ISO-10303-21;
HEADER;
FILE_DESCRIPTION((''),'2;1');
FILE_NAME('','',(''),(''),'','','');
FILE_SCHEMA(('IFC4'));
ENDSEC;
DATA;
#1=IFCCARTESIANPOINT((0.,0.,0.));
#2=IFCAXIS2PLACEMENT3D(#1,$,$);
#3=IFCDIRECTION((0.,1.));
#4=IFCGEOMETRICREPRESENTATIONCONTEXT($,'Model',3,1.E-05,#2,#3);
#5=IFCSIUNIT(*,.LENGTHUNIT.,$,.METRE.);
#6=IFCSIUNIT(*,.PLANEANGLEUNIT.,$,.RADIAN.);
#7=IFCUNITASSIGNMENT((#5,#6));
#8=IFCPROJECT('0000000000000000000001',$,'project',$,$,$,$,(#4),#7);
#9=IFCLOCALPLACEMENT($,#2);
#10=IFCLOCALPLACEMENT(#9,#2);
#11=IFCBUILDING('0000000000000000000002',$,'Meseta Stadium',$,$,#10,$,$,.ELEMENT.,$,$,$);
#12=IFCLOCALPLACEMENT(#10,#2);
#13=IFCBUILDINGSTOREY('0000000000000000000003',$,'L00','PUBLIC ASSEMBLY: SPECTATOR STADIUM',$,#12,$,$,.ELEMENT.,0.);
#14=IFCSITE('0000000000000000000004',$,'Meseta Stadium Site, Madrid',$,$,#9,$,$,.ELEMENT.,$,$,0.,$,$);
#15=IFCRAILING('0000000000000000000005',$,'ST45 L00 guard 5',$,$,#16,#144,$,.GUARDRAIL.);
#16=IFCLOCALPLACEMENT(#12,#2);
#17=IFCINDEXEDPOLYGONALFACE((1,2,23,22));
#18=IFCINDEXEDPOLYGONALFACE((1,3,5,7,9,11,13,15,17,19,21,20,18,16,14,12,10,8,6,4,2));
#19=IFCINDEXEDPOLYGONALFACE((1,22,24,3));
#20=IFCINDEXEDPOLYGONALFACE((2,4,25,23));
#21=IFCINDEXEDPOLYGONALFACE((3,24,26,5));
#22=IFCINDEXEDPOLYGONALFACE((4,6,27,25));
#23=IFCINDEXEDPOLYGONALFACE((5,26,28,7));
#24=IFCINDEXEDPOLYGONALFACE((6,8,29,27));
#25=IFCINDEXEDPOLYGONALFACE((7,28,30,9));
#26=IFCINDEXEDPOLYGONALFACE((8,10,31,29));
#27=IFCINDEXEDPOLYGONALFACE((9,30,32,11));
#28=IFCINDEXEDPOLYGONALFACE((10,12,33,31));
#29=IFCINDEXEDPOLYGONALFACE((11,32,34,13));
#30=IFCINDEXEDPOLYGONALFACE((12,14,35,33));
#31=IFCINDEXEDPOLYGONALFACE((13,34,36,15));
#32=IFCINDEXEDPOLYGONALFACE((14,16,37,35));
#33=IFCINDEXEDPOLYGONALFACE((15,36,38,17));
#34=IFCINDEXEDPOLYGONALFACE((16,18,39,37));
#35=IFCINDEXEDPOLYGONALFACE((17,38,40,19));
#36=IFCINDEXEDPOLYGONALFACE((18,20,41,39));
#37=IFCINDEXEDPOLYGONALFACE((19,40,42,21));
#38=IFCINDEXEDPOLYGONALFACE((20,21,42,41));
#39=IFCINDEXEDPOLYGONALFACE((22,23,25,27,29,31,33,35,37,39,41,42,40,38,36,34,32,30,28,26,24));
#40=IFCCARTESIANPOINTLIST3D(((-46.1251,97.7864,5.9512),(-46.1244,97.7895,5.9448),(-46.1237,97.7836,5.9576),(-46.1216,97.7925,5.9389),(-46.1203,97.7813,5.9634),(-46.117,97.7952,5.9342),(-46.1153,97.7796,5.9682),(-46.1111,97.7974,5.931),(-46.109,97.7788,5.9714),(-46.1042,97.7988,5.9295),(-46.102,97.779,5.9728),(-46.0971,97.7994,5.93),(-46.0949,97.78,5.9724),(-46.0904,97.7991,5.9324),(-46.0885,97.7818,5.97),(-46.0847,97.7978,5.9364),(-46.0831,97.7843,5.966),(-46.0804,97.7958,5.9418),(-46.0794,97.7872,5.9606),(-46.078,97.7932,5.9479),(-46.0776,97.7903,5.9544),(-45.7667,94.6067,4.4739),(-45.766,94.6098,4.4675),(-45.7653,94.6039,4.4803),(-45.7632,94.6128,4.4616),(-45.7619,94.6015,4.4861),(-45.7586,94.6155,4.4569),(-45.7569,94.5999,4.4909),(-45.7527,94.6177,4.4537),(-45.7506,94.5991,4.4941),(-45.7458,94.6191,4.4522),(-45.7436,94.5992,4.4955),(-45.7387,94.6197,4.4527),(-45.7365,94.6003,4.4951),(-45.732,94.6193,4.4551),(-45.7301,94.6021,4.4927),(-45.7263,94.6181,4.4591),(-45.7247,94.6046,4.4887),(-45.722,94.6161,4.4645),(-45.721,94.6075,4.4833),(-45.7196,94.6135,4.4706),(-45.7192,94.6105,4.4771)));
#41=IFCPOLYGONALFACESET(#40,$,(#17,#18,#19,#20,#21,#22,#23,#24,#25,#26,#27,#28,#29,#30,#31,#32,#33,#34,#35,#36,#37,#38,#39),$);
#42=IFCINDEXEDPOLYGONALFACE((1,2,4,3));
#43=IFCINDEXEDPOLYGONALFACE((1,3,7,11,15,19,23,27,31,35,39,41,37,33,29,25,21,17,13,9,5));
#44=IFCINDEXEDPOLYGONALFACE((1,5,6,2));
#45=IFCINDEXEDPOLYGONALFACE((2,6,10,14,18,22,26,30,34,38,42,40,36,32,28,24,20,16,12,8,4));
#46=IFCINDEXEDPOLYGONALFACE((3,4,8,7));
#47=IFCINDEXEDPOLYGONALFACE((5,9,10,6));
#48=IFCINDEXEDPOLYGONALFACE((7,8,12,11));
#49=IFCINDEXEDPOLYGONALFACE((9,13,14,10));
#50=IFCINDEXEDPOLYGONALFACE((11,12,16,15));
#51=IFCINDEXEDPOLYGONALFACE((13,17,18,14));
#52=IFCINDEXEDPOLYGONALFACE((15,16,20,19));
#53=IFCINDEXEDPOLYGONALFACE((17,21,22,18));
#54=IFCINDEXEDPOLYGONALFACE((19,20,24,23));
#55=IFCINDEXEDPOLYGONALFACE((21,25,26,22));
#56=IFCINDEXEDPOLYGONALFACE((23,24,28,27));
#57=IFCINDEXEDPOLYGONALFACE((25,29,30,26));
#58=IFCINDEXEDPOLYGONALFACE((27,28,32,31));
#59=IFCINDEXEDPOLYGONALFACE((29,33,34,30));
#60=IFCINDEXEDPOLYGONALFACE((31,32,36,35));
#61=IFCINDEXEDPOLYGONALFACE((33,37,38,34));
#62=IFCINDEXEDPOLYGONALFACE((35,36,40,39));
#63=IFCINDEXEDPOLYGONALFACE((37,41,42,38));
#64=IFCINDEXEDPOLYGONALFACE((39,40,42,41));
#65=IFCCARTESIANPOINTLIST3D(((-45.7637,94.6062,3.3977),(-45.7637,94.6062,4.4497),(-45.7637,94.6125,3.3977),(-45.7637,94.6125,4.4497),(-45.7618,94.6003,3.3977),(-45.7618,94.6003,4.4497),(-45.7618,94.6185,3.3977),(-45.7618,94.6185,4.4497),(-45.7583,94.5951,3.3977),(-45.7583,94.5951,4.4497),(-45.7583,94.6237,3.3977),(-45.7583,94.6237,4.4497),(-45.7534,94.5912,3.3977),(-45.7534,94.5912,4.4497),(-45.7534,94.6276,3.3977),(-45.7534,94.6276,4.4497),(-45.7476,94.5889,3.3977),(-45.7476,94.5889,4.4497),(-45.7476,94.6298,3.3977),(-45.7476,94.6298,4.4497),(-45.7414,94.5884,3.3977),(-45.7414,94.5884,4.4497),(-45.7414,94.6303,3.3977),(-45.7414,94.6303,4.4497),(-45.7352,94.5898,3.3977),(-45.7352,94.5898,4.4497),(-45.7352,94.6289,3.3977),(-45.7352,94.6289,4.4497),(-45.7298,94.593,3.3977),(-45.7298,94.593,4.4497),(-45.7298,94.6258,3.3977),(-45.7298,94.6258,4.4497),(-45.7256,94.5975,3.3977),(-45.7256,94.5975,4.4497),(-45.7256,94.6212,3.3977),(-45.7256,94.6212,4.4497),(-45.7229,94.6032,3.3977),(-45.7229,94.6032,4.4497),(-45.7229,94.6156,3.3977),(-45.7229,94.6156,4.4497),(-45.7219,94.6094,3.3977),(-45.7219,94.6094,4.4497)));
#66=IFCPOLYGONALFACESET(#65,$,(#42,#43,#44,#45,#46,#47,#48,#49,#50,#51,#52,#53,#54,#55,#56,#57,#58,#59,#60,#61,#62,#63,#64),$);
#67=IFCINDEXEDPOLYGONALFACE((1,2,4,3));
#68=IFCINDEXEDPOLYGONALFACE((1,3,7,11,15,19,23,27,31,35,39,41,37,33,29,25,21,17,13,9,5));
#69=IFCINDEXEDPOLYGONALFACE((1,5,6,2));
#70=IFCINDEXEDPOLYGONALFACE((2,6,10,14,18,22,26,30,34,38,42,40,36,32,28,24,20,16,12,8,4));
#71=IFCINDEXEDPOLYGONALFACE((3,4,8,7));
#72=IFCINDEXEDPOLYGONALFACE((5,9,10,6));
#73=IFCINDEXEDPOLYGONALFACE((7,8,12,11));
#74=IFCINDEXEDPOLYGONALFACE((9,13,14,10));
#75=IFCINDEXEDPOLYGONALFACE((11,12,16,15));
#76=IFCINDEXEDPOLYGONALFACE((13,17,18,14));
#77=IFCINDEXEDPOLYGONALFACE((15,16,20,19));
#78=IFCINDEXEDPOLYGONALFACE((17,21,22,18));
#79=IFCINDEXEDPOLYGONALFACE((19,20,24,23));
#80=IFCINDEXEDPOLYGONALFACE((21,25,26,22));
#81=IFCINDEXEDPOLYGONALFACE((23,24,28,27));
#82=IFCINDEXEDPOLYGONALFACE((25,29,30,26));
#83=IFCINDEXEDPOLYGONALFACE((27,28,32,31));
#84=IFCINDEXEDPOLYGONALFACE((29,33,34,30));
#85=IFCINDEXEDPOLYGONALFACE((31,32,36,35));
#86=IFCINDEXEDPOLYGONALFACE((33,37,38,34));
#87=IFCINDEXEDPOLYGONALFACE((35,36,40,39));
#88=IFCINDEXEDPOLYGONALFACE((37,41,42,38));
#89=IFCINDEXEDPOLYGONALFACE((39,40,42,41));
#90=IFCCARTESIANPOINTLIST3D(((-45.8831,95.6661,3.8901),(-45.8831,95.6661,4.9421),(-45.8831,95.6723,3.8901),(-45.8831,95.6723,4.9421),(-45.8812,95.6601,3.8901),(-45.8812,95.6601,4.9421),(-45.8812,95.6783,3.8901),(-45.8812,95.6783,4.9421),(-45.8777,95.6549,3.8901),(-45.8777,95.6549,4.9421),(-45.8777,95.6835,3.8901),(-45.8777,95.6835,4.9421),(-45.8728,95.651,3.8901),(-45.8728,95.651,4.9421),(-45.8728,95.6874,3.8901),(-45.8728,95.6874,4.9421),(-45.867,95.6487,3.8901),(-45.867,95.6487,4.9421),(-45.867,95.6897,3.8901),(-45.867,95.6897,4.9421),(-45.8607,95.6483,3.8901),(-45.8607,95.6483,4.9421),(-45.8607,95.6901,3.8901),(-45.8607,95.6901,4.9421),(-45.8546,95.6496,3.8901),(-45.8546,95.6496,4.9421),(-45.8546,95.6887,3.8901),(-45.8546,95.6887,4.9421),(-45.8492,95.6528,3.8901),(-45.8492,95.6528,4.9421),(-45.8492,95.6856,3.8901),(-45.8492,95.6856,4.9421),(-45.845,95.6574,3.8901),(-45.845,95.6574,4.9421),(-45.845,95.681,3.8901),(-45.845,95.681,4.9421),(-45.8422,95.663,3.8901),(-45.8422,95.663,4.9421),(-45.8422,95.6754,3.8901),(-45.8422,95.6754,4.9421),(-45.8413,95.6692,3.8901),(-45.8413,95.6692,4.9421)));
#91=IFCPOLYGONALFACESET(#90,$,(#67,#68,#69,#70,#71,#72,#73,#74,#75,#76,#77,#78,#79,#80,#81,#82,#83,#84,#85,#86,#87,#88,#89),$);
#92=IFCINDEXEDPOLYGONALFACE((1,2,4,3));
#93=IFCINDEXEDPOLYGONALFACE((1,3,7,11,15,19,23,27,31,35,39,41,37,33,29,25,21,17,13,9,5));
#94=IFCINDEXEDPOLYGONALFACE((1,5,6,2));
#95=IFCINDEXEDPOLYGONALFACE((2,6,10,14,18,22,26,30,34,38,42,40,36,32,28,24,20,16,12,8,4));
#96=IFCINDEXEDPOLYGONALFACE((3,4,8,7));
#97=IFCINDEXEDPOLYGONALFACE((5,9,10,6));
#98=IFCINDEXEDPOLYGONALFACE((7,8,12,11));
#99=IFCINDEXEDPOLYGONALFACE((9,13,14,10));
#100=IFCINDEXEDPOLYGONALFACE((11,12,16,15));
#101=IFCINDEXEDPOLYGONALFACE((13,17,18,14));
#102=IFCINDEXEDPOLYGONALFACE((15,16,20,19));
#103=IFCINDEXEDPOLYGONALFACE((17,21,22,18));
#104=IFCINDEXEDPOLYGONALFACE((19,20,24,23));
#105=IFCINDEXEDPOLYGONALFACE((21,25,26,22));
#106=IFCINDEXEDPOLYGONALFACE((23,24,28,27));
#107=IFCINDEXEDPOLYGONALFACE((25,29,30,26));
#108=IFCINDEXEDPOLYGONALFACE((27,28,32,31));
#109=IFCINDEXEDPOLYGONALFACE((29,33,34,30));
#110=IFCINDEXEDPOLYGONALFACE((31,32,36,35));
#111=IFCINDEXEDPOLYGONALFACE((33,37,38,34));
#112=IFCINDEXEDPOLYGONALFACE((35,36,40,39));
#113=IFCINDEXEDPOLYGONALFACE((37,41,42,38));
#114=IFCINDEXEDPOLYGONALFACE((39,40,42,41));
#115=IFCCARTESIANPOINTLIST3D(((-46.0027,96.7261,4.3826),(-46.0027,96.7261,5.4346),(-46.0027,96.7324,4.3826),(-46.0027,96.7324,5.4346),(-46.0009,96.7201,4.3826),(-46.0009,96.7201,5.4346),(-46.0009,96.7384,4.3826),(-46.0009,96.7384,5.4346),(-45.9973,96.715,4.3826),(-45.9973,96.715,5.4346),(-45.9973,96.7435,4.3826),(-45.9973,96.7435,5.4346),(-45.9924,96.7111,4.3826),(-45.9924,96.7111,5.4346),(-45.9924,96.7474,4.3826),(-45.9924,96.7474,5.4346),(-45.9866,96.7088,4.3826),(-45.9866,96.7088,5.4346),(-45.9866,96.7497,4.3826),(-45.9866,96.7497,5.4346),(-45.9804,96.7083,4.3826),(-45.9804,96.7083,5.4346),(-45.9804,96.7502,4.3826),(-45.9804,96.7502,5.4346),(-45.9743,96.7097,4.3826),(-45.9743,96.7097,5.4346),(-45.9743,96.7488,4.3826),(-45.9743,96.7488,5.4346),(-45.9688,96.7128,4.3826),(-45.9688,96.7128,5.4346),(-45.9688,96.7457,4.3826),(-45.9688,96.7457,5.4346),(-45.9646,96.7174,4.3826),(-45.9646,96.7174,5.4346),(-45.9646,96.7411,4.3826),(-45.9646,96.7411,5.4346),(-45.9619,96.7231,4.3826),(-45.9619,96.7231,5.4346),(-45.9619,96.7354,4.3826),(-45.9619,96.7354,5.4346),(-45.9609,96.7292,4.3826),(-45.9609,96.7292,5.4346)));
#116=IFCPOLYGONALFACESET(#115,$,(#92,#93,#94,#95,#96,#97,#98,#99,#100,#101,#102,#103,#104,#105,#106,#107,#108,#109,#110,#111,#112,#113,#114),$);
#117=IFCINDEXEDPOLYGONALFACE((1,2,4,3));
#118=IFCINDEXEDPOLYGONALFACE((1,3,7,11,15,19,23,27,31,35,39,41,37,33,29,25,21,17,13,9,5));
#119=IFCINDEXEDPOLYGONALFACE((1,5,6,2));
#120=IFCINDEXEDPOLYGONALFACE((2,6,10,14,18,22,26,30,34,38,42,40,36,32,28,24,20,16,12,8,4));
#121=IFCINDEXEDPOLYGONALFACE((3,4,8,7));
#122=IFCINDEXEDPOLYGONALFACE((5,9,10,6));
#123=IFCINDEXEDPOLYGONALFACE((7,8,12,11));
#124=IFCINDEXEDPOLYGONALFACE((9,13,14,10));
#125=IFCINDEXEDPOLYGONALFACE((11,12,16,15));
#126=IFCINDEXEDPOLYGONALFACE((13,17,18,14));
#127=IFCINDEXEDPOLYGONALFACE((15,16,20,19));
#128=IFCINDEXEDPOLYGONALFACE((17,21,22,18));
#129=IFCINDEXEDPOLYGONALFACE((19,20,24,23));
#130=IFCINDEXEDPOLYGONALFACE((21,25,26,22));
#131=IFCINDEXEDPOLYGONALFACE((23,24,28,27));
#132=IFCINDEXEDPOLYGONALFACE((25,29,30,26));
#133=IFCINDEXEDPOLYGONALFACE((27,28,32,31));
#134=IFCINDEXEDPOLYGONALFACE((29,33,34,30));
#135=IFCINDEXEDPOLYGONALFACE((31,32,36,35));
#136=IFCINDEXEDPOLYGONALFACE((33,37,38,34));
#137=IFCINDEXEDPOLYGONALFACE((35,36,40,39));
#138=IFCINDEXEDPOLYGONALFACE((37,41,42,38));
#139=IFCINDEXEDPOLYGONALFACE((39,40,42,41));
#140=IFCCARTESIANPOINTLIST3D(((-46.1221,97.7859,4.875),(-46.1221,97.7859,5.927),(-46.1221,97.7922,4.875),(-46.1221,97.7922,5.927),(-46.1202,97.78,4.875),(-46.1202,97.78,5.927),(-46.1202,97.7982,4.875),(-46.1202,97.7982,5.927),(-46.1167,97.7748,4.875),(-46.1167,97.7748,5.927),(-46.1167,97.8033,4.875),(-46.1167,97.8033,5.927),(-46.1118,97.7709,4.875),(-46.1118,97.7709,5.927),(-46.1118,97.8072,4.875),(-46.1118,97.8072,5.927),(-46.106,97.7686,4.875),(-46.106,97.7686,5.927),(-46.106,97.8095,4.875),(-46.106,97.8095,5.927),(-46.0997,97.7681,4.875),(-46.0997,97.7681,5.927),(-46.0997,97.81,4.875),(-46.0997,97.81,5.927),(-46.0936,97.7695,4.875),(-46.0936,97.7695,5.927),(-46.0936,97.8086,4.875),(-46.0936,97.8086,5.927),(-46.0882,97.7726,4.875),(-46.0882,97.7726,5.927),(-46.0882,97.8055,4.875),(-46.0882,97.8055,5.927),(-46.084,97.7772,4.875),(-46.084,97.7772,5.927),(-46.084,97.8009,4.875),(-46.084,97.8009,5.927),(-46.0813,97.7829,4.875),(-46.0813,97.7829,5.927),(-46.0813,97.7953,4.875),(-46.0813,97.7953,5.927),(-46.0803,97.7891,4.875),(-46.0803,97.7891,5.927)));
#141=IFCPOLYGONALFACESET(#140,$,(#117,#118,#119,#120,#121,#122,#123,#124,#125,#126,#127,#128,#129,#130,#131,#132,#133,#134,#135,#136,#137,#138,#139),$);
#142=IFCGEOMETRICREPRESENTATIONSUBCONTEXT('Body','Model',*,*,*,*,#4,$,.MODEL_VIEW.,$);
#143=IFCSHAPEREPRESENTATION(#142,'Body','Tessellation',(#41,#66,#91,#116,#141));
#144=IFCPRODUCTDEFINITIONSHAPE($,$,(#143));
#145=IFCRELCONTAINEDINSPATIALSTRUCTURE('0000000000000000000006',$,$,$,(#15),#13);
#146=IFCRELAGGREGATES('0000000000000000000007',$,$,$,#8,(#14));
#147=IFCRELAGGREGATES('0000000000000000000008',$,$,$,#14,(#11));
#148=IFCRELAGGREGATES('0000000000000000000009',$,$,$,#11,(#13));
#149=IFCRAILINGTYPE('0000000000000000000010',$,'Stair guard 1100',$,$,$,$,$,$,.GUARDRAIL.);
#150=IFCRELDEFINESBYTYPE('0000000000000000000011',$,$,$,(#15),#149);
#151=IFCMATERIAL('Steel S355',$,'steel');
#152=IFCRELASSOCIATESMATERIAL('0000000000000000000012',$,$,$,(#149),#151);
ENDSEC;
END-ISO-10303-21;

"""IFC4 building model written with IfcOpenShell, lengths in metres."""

from ifc_helpers import new_model, si_unit, direction, frame, origin, origin_2d, place, context, subcontext, project, spatial, circle, extrude, material, type_object, element, save


model = new_model("IFC4")

# Units and contexts
model_context = context("Model", 3, precision=1e-05, world=origin(), true_north=direction((0.0, 1.0)))
body_context = subcontext(model_context, "Body", "Model", "MODEL_VIEW")
ifc_project = project(units=[si_unit("LENGTHUNIT", "METRE"), si_unit("PLANEANGLEUNIT", "RADIAN")], contexts=[model_context])

# Site, building, storey
site_placement = place(None, origin())
site = spatial("IfcSite", under=ifc_project, at=site_placement, Name="Meseta Stadium Site, Madrid", CompositionType="ELEMENT", RefElevation=0.0)
building_placement = place(site_placement, origin())
building = spatial("IfcBuilding", under=site, at=building_placement, Name="Meseta Stadium", CompositionType="ELEMENT")
storey_placement = place(building_placement, origin())
storey = spatial("IfcBuildingStorey", under=building, at=storey_placement, Name="L00", Description="PUBLIC ASSEMBLY: SPECTATOR STADIUM", CompositionType="ELEMENT", Elevation=0.0)

# Railing
ifc_material_1 = material(Name="Steel S355", Category="steel")
railing_type_1 = type_object("IfcRailingType", Name="Stair guard 1100", PredefinedType="GUARDRAIL", material=ifc_material_1)
railing_1_placement = place(storey_placement, frame((-45.7429, 94.6094, 3.3977)))
element("IfcRailing", 1, at=railing_1_placement, inside=storey, type_object=railing_type_1, Name="ST45 L00 guard 5", PredefinedType="GUARDRAIL", context=body_context, shape_type="SweptSolid", body=[
    extrude(circle(Radius=0.0239, at=origin_2d()), frame((0.0, 0.0, 1.0762), z_axis=(-0.101691, 0.902197, 0.419164), x_axis=(-0.993708, -0.112006, 0.0)), (0.0, 0.0, 1.0), 3.5244),
    extrude(circle(Radius=0.021, at=origin_2d()), origin(), (0.0, 0.0, 1.0), 1.052),
    extrude(circle(Radius=0.021, at=origin_2d()), frame((-0.1194, 1.0598, 0.4924)), (0.0, 0.0, 1.0), 1.052),
    extrude(circle(Radius=0.021, at=origin_2d()), frame((-0.239, 2.1199, 0.9849)), (0.0, 0.0, 1.0), 1.052),
    extrude(circle(Radius=0.021, at=origin_2d()), frame((-0.3584, 3.1797, 1.4773)), (0.0, 0.0, 1.0), 1.052),
])

save(model, "model.ifc")
